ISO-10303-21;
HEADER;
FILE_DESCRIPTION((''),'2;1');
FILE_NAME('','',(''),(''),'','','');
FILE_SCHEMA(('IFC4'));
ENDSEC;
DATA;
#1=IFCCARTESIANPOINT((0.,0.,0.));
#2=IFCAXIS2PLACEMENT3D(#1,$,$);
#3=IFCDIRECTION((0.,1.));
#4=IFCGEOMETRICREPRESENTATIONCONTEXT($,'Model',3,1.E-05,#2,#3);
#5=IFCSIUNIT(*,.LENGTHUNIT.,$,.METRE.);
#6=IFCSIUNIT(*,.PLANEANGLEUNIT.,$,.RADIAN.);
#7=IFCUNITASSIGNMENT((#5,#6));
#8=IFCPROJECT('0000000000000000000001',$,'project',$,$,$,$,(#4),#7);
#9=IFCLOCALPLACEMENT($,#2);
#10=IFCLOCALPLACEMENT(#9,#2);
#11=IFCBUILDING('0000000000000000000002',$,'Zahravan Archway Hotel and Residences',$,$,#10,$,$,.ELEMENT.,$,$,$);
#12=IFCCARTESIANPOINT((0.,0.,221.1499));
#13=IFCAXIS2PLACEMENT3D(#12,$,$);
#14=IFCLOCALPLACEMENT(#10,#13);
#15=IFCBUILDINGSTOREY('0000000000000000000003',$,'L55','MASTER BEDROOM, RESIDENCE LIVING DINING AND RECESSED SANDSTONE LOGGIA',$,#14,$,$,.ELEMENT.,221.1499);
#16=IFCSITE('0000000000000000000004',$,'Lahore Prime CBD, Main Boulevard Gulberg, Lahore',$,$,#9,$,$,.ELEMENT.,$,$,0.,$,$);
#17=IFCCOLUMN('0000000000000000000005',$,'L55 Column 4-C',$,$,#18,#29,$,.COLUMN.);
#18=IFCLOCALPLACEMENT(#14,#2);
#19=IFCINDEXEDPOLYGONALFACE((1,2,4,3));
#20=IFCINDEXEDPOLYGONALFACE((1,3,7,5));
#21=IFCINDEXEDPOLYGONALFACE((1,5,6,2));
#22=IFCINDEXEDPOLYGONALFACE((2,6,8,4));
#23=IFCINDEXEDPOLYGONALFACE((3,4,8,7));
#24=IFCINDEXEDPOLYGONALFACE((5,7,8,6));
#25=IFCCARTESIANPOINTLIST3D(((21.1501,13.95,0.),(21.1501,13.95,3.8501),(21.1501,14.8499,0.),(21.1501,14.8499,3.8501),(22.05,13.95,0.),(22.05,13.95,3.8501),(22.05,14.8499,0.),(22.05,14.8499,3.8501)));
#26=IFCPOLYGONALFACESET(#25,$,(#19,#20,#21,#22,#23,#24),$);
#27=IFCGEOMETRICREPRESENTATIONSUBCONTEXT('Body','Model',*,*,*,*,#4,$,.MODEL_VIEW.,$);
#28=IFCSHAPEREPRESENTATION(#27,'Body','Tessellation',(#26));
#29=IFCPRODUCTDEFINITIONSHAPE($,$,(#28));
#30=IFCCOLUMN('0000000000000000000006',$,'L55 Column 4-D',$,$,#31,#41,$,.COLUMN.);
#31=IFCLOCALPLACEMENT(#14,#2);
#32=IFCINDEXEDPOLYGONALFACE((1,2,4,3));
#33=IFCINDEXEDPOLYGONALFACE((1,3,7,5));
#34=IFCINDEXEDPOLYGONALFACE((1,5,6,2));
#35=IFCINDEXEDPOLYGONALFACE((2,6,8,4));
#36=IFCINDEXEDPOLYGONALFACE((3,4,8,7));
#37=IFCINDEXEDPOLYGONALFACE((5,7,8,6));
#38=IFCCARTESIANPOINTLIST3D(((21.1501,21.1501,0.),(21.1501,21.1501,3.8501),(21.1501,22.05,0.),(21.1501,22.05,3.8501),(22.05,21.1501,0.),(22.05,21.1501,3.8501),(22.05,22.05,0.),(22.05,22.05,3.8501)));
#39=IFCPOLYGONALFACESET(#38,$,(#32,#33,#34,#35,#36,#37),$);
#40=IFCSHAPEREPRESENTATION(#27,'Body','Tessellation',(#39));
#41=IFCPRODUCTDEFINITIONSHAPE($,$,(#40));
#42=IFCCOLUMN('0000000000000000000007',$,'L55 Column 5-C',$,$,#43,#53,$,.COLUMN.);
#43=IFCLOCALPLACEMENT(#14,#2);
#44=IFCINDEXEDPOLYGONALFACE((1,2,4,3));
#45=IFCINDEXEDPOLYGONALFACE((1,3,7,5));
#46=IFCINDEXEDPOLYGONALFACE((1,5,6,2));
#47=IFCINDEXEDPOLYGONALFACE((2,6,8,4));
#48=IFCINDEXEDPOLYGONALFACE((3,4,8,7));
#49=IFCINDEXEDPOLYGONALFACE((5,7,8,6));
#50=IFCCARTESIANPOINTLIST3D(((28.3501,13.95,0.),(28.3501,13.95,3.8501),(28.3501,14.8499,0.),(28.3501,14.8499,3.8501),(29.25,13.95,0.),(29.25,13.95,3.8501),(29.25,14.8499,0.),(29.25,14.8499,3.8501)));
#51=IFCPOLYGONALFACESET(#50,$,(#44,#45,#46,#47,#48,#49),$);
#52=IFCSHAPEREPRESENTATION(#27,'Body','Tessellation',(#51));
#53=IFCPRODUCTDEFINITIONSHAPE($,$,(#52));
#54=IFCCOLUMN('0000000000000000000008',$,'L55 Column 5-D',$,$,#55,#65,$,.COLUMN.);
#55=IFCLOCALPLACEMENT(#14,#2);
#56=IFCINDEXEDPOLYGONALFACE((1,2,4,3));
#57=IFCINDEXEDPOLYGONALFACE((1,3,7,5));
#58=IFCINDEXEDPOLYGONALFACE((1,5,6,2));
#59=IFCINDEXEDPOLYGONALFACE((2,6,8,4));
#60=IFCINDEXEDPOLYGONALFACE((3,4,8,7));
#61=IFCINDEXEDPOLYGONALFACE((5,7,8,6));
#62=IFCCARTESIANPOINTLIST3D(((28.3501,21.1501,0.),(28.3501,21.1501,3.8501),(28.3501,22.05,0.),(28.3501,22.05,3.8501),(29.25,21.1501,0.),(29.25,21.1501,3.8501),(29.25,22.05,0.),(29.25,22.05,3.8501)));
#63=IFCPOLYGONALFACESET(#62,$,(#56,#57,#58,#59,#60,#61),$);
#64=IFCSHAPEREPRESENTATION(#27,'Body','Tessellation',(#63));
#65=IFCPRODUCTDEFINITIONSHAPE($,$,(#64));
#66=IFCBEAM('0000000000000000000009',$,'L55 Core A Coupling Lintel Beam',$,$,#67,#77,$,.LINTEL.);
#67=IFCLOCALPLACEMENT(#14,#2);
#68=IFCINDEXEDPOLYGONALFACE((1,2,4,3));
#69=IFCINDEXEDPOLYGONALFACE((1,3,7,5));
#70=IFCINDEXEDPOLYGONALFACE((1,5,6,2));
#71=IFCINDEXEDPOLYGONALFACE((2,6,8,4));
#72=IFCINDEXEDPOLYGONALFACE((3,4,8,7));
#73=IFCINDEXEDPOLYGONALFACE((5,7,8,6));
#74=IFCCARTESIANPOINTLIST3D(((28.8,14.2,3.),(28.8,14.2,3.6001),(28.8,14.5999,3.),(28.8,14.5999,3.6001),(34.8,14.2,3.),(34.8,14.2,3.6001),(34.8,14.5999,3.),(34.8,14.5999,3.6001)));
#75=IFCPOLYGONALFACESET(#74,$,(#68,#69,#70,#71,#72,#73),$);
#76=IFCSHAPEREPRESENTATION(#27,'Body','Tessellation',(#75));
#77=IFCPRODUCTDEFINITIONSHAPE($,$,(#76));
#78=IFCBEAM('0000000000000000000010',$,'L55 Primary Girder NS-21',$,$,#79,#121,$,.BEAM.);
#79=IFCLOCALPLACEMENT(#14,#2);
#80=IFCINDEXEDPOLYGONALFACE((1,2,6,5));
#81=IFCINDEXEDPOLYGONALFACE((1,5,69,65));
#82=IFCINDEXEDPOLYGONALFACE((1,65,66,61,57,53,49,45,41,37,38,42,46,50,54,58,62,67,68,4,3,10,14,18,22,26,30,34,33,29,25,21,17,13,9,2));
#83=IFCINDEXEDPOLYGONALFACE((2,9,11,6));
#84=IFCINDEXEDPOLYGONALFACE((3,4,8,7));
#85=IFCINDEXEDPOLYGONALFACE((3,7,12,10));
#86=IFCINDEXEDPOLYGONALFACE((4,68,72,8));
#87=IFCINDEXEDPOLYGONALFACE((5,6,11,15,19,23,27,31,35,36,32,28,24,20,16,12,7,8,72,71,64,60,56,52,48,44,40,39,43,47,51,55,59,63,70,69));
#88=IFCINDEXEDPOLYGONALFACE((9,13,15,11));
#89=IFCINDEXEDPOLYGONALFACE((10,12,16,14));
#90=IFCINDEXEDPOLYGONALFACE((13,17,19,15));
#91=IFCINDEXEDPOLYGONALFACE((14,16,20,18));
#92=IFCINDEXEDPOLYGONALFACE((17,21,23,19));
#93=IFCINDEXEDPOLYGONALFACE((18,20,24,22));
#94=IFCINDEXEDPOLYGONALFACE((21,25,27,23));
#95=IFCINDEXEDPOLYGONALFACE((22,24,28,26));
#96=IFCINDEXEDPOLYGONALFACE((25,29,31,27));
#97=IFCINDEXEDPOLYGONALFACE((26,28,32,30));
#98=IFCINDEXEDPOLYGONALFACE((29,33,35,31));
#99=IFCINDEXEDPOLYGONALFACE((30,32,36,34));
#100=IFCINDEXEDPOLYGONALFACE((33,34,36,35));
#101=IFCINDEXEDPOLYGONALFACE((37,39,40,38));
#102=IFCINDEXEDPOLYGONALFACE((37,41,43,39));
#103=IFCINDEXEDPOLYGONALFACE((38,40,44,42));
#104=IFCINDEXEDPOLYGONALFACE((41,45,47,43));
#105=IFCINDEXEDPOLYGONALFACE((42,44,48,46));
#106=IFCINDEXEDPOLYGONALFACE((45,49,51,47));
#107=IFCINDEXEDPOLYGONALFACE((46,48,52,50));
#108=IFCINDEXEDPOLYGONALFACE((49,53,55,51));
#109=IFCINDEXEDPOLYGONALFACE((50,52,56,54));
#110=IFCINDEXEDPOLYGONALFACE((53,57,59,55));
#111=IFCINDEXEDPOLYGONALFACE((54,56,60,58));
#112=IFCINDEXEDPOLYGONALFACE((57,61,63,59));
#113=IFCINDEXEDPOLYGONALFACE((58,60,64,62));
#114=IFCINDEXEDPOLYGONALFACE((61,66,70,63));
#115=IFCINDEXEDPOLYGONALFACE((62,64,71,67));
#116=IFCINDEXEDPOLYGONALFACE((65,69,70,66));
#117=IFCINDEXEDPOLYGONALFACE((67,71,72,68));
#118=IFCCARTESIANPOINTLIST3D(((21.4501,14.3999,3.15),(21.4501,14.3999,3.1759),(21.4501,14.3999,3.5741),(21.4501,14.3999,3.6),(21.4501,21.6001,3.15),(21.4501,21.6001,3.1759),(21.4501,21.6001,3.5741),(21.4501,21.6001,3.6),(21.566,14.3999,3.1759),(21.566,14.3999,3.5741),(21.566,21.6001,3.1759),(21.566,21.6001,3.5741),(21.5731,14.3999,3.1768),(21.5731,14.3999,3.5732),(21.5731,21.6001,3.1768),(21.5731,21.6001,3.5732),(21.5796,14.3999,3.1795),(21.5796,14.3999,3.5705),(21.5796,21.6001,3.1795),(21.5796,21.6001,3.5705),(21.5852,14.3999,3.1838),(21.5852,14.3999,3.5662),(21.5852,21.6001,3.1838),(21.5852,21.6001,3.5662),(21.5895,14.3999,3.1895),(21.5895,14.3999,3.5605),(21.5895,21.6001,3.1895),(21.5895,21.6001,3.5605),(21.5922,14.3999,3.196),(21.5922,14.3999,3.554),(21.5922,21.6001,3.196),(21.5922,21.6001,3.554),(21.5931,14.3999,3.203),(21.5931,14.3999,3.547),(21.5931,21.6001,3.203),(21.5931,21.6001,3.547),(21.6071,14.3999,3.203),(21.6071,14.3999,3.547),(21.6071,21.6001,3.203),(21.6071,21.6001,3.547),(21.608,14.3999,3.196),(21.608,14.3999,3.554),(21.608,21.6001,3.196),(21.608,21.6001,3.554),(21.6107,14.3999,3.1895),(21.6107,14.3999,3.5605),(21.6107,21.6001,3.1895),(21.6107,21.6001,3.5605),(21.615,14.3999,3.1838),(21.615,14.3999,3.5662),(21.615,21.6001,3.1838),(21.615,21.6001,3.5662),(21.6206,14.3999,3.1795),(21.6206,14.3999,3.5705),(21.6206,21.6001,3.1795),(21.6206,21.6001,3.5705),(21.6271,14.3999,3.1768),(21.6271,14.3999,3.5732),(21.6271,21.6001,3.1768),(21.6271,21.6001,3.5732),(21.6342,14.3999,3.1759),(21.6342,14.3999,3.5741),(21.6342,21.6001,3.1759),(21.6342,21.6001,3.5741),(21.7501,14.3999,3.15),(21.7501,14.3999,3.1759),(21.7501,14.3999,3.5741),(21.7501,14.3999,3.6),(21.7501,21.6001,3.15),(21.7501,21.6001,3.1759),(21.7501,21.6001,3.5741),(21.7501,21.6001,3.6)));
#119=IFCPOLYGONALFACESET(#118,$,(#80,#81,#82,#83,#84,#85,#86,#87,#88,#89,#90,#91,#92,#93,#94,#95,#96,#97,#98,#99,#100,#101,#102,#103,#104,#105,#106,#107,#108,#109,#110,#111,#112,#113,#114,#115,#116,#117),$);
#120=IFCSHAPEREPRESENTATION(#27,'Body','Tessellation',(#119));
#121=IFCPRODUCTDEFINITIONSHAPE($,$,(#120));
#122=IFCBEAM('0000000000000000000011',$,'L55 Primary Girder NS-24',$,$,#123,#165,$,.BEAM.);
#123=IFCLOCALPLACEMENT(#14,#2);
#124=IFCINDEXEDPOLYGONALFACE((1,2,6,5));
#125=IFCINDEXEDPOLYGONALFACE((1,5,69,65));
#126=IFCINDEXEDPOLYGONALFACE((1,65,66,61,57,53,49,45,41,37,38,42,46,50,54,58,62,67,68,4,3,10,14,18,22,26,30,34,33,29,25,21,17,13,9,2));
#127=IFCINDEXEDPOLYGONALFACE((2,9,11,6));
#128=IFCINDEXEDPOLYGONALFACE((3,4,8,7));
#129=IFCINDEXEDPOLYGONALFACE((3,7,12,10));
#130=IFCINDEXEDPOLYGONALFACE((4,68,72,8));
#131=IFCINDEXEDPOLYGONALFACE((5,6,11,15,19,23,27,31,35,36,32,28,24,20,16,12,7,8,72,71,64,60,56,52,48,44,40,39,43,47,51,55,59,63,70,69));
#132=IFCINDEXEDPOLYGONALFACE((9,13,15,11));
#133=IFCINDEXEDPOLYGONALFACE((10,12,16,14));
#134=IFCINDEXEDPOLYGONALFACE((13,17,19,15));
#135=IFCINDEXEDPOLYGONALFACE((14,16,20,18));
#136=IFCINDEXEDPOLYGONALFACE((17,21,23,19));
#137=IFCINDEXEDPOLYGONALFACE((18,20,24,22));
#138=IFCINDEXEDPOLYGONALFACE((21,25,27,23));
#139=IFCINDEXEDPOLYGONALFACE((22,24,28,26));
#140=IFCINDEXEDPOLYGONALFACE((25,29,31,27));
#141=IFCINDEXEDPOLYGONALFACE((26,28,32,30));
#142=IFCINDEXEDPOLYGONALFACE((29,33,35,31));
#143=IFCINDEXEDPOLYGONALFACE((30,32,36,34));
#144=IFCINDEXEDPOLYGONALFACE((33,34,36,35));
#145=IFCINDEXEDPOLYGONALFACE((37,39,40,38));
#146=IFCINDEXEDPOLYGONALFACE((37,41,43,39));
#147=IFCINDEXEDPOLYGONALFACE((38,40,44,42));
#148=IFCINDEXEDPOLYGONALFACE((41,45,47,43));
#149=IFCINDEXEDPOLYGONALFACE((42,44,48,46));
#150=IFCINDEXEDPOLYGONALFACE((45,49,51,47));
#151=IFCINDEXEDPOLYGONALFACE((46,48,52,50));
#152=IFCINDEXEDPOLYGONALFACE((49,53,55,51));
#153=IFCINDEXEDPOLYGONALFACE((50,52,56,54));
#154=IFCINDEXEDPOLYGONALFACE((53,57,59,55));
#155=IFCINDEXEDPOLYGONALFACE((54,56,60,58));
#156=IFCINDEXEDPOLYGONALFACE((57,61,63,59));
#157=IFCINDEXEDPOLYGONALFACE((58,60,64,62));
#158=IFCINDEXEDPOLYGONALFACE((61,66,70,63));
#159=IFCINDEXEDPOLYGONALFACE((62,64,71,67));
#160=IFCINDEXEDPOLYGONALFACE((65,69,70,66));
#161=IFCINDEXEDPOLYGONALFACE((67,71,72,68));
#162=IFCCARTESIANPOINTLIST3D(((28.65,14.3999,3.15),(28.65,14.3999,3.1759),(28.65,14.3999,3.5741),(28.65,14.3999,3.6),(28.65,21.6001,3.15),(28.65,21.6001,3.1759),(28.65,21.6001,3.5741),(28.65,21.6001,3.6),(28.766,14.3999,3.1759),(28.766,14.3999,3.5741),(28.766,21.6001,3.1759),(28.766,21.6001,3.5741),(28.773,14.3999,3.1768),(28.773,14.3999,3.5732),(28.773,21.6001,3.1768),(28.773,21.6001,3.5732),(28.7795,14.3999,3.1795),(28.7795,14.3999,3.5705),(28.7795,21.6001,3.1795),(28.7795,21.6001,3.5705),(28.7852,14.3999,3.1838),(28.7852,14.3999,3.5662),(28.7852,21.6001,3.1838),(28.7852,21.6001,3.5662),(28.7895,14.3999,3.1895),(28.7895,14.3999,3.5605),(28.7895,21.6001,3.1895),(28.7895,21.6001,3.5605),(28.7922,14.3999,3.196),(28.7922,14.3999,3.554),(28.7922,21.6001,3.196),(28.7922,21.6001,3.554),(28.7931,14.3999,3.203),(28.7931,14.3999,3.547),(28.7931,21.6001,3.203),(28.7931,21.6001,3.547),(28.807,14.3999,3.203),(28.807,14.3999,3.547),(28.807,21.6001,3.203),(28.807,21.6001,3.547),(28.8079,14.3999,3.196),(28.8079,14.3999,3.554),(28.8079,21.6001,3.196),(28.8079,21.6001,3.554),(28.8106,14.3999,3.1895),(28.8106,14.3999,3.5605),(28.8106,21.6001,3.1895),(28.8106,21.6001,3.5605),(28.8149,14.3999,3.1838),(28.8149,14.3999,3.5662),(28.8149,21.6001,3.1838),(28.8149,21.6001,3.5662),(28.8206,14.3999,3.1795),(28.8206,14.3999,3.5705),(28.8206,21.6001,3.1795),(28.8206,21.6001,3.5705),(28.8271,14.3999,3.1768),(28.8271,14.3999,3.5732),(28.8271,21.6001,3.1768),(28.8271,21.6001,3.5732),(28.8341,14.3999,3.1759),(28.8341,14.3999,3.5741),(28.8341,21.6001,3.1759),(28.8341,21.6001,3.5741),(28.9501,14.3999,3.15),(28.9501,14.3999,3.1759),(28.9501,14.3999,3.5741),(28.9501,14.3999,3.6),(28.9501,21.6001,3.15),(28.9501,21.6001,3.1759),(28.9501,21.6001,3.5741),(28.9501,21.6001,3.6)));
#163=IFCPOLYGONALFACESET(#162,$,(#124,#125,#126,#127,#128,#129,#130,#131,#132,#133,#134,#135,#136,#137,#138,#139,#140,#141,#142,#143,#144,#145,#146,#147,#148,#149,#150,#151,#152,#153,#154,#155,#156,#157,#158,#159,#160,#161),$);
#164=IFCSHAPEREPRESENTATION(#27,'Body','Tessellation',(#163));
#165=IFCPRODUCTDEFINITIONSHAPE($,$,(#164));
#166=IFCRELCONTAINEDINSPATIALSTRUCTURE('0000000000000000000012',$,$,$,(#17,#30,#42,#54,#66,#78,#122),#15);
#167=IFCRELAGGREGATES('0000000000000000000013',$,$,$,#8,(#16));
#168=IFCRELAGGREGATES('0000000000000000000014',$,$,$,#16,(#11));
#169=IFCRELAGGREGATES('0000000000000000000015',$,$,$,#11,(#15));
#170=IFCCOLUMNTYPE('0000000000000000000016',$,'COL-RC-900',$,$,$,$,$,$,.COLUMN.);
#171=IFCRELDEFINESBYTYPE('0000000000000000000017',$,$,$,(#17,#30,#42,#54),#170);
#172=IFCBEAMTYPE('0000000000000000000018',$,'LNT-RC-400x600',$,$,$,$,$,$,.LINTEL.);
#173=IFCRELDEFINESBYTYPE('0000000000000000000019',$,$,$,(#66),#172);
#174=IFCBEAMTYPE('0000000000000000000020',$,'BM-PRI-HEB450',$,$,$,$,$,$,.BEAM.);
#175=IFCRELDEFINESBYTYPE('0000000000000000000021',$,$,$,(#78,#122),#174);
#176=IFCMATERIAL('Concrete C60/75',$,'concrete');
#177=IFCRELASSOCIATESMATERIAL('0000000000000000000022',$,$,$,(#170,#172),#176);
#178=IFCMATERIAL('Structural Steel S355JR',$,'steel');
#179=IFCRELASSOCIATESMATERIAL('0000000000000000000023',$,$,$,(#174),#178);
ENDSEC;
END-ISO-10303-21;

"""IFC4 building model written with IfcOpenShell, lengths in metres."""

from ifc_helpers import new_model, si_unit, direction, frame, origin, origin_2d, place, context, subcontext, project, spatial, rectangle, i_section, extrude, source, transform, mapped, material, material_profile, profile_set, type_object, type_shapes, element, save


model = new_model("IFC4")

# Units and contexts
model_context = context("Model", 3, precision=1e-05, world=origin(), true_north=direction((0.0, 1.0)))
body_context = subcontext(model_context, "Body", "Model", "MODEL_VIEW")
ifc_project = project(units=[si_unit("LENGTHUNIT", "METRE"), si_unit("PLANEANGLEUNIT", "RADIAN")], contexts=[model_context])

# Site, building, storey
site_placement = place(None, origin())
site = spatial("IfcSite", under=ifc_project, at=site_placement, Name="Lahore Prime CBD, Main Boulevard Gulberg, Lahore", CompositionType="ELEMENT", RefElevation=0.0)
building_placement = place(site_placement, origin())
building = spatial("IfcBuilding", under=site, at=building_placement, Name="Zahravan Archway Hotel and Residences", CompositionType="ELEMENT")
storey_placement = place(building_placement, frame((0.0, 0.0, 221.1499)))
storey = spatial("IfcBuildingStorey", under=building, at=storey_placement, Name="L55", Description="MASTER BEDROOM, RESIDENCE LIVING DINING AND RECESSED SANDSTONE LOGGIA", CompositionType="ELEMENT", Elevation=221.1499)

# Columns
ifc_material_1 = material(Name="Concrete C60/75", Category="concrete")
ifc_material_profile_1 = material_profile(ifc_material_1, rectangle(XDim=0.8999, YDim=0.8999, at=origin_2d()), Name="RC-COL-900x900", Category="concrete")
ifc_profile_set_1 = profile_set([ifc_material_profile_1], Name="Concrete C60/75")
column_type = type_object("IfcColumnType", Name="COL-RC-900", PredefinedType="COLUMN", material=ifc_profile_set_1)
shared_shape_1 = source(origin(), body_context, "Body", "SweptSolid", [
    extrude(rectangle(XDim=0.8999, YDim=0.8999, at=origin_2d()), origin(), (0.0, 0.0, 1.0), 3.8501),
])
type_shapes(column_type, [shared_shape_1])
for number, where, z_axis, x_axis, name in (
    (1, (21.6001, 14.3999, 0.0), (0.0, 0.0, 1.0), (1.0, 0.0, 0.0), "L55 Column 4-C"),
    (2, (21.6001, 21.6001, 0.0), (0.0, 0.0, 1.0), (1.0, 0.0, 0.0), "L55 Column 4-D"),
    (3, (28.8, 14.3999, 0.0), (0.0, 0.0, 1.0), (1.0, 0.0, 0.0), "L55 Column 5-C"),
    (4, (28.8, 21.6001, 0.0), (0.0, 0.0, 1.0), (1.0, 0.0, 0.0), "L55 Column 5-D"),
):
    element("IfcColumn", number, at=place(storey_placement, frame(where, z_axis=z_axis, x_axis=x_axis)), inside=storey, type_object=column_type, Name=name, PredefinedType="COLUMN", context=body_context, shape_type="MappedRepresentation", body=[
        mapped(shared_shape_1, transform((0.0, 0.0, 0.0), scale=1.0)),
    ])

# Beams
ifc_material_profile_2 = material_profile(ifc_material_1, rectangle(XDim=0.3999, YDim=0.6001, at=origin_2d()), Name="RC-LNT-400x600", Category="concrete")
ifc_profile_set_2 = profile_set([ifc_material_profile_2], Name="Concrete C60/75")
beam_type_1 = type_object("IfcBeamType", Name="LNT-RC-400x600", PredefinedType="LINTEL", material=ifc_profile_set_2)
shared_shape_2 = source(origin(), body_context, "Body", "SweptSolid", [
    extrude(rectangle(XDim=0.3999, YDim=0.6001, at=origin_2d()), origin(), (0.0, 0.0, 1.0), 6.0),
])
type_shapes(beam_type_1, [shared_shape_2])
beam_1_placement = place(storey_placement, frame((28.8, 14.3999, 3.3), z_axis=(1.0, 0.0, 0.0), x_axis=(0.0, 1.0, 0.0)))
element("IfcBeam", 5, at=beam_1_placement, inside=storey, type_object=beam_type_1, Name="L55 Core A Coupling Lintel Beam", PredefinedType="LINTEL", context=body_context, shape_type="MappedRepresentation", body=[
    mapped(shared_shape_2, transform((0.0, 0.0, 0.0), scale=1.0)),
])
ifc_material_2 = material(Name="Structural Steel S355JR", Category="steel")
ifc_material_profile_3 = material_profile(ifc_material_2, i_section(OverallWidth=0.3, OverallDepth=0.45, WebThickness=0.0139, FlangeThickness=0.0259, FilletRadius=0.0271, at=origin_2d()), Name="HEB 450", Category="steel")
ifc_profile_set_3 = profile_set([ifc_material_profile_3], Name="Structural Steel S355JR")
beam_type_2 = type_object("IfcBeamType", Name="BM-PRI-HEB450", PredefinedType="BEAM", material=ifc_profile_set_3)
shared_shape_3 = source(origin(), body_context, "Body", "SweptSolid", [
    extrude(i_section(OverallWidth=0.3, OverallDepth=0.45, WebThickness=0.0139, FlangeThickness=0.0259, FilletRadius=0.0271, at=origin_2d()), origin(), (0.0, 0.0, 1.0), 7.2002),
])
type_shapes(beam_type_2, [shared_shape_3])
for number, where, z_axis, x_axis, name in (
    (6, (21.6001, 14.3999, 3.375), (0.0, 1.0, 0.0), (-1.0, 0.0, 0.0), "L55 Primary Girder NS-21"),
    (7, (28.8, 14.3999, 3.375), (0.0, 1.0, 0.0), (-1.0, 0.0, 0.0), "L55 Primary Girder NS-24"),
):
    element("IfcBeam", number, at=place(storey_placement, frame(where, z_axis=z_axis, x_axis=x_axis)), inside=storey, type_object=beam_type_2, Name=name, PredefinedType="BEAM", context=body_context, shape_type="MappedRepresentation", body=[
        mapped(shared_shape_3, transform((0.0, 0.0, 0.0), scale=1.0)),
    ])

save(model, "model.ifc")
